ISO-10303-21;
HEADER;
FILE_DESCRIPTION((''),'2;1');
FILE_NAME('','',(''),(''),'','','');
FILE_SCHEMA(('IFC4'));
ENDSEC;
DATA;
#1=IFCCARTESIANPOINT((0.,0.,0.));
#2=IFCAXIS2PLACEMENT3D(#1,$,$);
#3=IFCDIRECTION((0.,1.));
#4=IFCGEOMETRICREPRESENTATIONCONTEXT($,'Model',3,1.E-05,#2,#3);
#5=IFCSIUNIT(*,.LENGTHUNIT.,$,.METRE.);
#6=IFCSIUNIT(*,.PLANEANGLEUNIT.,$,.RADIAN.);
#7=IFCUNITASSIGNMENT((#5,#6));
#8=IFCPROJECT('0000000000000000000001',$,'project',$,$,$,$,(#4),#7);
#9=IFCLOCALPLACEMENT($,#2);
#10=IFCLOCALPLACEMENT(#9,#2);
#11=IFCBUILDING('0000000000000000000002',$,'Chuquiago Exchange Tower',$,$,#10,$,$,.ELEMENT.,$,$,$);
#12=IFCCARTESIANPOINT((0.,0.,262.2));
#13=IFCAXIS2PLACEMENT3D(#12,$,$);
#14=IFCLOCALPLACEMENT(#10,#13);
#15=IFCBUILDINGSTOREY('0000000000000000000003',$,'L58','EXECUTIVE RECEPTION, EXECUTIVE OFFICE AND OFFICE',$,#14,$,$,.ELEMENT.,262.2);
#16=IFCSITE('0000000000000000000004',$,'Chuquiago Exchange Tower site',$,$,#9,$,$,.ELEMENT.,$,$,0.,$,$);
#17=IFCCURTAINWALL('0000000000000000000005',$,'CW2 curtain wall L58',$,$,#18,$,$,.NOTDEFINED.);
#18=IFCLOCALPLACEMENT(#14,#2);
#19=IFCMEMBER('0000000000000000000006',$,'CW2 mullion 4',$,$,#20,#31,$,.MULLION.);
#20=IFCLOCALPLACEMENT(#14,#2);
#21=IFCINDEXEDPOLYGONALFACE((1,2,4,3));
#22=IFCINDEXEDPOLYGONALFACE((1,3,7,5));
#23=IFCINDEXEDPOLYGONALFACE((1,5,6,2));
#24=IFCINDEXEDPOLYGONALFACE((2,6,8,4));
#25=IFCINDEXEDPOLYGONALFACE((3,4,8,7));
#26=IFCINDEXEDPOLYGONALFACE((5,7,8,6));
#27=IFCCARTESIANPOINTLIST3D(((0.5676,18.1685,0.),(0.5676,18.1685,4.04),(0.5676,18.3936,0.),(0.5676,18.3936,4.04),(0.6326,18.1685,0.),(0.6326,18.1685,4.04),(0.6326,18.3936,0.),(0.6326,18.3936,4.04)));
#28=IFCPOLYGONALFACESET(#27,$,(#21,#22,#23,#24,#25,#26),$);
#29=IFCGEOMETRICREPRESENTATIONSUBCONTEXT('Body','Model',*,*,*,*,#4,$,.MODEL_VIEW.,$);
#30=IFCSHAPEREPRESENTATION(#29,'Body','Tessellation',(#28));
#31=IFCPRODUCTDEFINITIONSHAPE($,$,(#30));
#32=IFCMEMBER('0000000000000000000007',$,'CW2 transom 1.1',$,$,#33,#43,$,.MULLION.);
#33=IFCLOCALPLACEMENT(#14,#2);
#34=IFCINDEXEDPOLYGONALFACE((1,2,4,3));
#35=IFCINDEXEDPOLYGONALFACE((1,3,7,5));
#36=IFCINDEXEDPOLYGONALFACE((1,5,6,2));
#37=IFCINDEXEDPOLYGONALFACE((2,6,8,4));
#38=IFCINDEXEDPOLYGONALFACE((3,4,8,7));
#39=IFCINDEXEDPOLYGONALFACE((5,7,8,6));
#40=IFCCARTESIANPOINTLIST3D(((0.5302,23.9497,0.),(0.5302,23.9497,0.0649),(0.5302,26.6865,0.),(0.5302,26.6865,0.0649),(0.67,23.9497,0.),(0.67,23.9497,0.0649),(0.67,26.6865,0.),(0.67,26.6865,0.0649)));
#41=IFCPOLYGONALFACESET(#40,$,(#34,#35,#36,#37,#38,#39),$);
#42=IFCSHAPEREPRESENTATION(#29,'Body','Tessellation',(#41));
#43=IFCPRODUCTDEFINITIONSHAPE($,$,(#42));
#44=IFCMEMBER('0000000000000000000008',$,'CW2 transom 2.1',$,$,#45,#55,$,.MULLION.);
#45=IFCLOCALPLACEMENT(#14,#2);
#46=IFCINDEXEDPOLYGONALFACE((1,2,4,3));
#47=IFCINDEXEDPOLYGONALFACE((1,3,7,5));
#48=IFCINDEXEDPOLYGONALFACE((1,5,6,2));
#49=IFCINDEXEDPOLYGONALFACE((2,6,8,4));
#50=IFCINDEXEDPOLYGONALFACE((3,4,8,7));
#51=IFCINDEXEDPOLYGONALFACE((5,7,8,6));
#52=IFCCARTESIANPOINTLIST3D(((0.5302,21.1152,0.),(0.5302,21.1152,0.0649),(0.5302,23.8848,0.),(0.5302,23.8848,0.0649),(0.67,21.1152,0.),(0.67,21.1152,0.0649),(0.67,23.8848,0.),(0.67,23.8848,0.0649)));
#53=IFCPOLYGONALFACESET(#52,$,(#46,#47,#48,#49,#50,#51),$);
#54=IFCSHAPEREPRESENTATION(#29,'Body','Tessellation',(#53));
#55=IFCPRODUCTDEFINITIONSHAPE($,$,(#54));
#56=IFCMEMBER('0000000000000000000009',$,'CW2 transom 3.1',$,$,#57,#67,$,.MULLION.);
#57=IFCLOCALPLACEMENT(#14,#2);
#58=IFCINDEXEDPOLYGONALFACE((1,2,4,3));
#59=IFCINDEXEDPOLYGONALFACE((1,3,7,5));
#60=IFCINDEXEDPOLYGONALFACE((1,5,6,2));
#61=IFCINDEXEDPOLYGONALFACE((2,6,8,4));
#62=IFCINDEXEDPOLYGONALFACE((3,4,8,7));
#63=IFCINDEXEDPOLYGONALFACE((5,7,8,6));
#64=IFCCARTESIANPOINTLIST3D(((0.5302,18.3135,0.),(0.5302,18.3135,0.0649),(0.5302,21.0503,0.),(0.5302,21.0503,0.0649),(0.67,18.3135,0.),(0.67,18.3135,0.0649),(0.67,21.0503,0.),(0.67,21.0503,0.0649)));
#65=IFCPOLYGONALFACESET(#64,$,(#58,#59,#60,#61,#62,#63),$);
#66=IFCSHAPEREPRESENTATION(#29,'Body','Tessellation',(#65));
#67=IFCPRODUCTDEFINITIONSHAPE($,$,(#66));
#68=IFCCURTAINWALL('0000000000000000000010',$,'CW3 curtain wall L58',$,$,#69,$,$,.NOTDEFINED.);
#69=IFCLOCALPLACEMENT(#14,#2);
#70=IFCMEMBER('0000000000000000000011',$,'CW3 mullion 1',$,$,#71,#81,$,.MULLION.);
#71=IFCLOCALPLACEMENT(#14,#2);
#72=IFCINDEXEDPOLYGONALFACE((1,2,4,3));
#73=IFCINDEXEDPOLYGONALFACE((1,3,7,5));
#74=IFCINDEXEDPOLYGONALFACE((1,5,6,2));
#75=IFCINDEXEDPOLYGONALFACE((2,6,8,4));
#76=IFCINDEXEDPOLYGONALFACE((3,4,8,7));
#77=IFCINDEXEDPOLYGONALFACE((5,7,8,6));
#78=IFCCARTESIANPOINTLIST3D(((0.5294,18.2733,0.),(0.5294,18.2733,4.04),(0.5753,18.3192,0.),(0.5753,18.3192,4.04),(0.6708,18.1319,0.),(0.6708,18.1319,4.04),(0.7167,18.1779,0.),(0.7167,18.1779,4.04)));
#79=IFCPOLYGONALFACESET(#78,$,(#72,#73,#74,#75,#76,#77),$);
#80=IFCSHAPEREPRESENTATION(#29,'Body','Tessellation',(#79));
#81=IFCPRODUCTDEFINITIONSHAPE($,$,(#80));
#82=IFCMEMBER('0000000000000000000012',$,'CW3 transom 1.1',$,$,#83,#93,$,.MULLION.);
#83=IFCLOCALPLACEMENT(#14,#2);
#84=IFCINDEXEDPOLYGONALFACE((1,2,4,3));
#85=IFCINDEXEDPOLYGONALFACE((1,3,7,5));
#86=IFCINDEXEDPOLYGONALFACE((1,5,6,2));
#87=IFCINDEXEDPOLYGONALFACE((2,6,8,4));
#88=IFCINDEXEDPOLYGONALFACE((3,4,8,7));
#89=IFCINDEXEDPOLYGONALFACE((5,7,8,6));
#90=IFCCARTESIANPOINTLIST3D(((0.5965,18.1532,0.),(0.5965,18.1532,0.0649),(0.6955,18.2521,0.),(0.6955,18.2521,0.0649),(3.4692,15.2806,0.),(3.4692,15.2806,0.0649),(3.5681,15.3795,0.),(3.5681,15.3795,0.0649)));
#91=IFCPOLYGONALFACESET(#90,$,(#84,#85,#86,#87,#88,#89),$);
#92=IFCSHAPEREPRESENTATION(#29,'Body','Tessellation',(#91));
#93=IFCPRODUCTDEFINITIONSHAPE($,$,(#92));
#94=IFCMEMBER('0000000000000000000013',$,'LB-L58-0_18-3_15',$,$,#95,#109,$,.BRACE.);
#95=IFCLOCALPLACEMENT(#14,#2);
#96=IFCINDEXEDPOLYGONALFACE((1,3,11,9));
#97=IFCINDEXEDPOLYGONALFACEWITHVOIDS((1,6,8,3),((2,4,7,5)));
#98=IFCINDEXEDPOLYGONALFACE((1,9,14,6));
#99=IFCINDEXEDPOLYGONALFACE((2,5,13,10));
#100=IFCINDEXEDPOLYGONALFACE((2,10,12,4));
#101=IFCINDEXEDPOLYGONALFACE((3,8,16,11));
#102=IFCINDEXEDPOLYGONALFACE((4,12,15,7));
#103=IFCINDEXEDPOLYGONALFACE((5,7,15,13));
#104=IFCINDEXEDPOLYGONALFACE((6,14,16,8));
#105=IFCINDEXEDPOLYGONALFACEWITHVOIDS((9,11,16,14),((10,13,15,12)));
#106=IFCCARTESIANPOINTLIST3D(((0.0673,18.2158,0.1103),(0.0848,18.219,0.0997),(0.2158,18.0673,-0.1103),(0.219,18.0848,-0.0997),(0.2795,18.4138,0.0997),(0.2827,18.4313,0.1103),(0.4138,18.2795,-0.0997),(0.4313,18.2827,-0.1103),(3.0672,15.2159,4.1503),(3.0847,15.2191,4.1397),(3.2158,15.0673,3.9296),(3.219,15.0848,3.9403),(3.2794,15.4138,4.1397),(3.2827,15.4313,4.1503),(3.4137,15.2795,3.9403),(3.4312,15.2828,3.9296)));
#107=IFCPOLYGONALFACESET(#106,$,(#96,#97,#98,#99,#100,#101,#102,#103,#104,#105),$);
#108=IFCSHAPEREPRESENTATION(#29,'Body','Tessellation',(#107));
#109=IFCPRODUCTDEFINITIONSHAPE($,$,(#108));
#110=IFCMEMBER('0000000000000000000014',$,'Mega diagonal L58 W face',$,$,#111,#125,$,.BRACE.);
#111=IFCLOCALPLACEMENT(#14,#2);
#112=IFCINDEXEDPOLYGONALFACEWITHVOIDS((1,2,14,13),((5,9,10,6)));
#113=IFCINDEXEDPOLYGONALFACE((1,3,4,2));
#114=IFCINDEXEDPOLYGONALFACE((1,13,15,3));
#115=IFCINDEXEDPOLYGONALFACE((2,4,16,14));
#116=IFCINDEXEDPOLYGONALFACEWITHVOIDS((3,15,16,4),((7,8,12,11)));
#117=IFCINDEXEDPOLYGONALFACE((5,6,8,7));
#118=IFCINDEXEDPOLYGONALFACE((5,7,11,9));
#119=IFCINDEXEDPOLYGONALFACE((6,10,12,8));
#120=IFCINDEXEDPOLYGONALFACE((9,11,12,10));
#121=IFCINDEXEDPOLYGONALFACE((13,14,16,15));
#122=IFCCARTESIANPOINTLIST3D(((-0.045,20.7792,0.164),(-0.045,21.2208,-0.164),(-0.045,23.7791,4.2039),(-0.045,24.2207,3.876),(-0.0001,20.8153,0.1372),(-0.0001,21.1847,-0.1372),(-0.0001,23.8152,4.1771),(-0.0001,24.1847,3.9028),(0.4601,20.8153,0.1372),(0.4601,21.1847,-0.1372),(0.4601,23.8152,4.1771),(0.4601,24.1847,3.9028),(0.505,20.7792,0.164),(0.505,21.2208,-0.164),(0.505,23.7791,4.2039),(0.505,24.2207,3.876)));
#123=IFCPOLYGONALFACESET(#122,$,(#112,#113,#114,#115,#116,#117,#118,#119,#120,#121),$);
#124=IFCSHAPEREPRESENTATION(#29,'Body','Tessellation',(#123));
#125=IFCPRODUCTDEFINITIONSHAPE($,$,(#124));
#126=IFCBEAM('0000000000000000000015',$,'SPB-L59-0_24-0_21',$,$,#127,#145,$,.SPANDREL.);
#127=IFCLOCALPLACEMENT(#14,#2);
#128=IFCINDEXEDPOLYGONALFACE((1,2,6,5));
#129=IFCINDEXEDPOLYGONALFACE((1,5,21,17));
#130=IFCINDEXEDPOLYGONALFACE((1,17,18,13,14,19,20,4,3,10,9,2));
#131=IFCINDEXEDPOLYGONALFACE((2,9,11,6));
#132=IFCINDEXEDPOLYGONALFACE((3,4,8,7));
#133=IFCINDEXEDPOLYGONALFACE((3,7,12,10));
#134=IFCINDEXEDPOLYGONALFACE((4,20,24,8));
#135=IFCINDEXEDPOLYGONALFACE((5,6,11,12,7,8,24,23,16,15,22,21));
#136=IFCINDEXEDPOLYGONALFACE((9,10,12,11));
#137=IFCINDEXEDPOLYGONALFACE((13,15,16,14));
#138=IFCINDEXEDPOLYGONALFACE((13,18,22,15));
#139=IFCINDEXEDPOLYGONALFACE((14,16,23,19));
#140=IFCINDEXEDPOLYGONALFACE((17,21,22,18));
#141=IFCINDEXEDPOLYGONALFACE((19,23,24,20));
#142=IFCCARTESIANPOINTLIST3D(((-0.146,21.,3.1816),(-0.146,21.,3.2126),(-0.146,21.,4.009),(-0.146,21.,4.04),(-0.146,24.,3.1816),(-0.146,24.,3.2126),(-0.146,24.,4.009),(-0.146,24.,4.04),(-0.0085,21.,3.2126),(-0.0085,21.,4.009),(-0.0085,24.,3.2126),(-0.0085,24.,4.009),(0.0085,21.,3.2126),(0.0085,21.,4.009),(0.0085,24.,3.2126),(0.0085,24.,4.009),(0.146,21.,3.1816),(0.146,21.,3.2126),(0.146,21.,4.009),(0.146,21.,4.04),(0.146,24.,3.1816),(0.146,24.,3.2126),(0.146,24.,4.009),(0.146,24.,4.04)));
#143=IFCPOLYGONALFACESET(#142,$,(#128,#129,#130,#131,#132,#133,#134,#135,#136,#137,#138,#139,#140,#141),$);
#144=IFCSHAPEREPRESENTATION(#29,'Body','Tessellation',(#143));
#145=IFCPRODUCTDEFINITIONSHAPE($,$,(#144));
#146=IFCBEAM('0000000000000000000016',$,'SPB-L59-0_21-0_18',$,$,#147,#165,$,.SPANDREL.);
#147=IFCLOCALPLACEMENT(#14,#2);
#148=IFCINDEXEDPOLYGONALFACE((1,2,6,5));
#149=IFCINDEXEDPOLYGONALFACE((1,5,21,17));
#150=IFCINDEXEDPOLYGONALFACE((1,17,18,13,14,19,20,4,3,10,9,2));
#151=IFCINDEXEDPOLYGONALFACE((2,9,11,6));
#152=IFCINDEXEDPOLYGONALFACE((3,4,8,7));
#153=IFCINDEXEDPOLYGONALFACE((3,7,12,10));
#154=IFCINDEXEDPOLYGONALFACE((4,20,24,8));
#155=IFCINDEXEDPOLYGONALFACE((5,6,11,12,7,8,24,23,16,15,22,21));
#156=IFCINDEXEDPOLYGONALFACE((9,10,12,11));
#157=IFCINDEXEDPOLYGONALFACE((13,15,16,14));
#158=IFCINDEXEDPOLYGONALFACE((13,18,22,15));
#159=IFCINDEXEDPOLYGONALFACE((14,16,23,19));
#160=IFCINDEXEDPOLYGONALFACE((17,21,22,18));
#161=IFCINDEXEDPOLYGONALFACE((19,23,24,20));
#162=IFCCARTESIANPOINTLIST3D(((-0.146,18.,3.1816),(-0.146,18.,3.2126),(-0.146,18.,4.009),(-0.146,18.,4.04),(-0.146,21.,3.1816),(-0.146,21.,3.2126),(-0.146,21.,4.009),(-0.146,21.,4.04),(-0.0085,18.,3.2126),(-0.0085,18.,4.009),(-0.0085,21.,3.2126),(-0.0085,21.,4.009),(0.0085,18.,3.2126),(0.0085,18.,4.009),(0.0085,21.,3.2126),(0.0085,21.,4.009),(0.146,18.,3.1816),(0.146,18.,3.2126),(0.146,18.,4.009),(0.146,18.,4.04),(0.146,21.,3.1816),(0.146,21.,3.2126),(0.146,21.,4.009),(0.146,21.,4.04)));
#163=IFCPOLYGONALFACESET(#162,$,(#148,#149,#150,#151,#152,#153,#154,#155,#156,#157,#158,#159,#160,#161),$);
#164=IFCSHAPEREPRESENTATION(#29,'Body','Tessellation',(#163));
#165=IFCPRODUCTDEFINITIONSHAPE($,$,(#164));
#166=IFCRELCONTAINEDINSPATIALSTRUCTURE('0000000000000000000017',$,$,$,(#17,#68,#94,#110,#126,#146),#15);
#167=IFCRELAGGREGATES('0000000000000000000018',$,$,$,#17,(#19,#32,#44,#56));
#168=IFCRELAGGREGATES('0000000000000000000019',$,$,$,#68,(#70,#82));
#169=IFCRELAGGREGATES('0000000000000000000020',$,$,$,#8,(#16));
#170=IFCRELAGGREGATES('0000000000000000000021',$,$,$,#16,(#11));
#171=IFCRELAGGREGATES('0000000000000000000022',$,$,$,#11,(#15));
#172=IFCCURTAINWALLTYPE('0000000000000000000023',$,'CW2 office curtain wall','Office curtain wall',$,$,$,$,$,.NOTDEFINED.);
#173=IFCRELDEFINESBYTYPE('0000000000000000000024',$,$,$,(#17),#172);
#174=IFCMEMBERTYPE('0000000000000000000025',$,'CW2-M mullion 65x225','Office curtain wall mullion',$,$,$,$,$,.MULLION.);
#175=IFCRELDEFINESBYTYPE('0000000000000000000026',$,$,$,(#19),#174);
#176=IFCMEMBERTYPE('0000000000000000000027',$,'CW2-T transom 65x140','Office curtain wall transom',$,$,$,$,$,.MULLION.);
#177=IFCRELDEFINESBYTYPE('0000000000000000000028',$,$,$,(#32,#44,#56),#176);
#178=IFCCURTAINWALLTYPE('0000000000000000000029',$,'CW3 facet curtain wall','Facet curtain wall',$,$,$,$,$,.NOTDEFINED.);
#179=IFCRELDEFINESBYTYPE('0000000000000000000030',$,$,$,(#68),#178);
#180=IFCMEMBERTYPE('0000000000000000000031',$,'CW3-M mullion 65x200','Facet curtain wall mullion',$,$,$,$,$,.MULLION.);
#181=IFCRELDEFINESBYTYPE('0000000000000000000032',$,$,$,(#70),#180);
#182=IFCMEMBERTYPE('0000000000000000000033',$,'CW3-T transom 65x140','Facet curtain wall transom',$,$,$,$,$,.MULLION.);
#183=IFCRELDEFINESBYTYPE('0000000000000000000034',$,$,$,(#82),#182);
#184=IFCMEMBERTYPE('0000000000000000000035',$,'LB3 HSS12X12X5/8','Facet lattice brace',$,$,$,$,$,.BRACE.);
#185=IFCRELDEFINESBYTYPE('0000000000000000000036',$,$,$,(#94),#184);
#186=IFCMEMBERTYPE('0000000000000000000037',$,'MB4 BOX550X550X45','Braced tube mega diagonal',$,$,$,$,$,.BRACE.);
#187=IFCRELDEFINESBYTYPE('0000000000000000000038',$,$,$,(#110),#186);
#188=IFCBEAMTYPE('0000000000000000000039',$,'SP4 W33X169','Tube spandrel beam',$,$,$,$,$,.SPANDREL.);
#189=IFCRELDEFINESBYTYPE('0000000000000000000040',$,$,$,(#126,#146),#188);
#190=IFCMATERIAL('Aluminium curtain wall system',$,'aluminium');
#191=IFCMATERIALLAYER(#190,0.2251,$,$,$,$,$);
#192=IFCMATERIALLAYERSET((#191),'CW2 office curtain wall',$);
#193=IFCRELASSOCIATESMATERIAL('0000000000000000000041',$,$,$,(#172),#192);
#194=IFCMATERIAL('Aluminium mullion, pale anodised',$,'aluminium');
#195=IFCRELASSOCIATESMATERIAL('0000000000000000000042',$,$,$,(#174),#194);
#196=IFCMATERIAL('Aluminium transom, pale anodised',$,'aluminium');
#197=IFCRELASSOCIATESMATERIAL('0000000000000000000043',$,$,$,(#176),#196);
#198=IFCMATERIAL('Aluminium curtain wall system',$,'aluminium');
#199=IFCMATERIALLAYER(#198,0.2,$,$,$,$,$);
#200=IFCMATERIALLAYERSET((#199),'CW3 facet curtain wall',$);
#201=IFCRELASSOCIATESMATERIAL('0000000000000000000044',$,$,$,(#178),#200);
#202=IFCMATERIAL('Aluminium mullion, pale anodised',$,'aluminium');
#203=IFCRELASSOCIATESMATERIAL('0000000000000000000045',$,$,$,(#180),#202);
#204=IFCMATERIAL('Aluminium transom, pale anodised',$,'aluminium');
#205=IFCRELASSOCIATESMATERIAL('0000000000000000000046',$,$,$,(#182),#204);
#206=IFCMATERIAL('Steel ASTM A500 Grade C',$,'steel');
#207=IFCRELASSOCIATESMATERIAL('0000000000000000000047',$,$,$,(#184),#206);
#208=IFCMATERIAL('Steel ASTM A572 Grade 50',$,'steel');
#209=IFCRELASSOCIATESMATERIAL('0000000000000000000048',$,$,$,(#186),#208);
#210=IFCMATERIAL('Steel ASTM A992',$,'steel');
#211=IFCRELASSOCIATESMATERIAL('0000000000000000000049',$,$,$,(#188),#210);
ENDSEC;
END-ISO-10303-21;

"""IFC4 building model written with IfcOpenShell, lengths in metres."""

from ifc_helpers import new_model, si_unit, direction, frame, origin, origin_2d, place, context, subcontext, project, spatial, rectangle, hollow_rectangle, i_section, extrude, material, layer, layer_set, material_profile, profile_set, type_object, element, aggregate, save


model = new_model("IFC4")

# Units and contexts
model_context = context("Model", 3, precision=1e-05, world=origin(), true_north=direction((0.0, 1.0)))
body_context = subcontext(model_context, "Body", "Model", "MODEL_VIEW")
ifc_project = project(units=[si_unit("LENGTHUNIT", "METRE"), si_unit("PLANEANGLEUNIT", "RADIAN")], contexts=[model_context])

# Site, building, storey
site_placement = place(None, origin())
site = spatial("IfcSite", under=ifc_project, at=site_placement, Name="Chuquiago Exchange Tower site", CompositionType="ELEMENT", RefElevation=0.0)
building_placement = place(site_placement, origin())
building = spatial("IfcBuilding", under=site, at=building_placement, Name="Chuquiago Exchange Tower", CompositionType="ELEMENT")
storey_placement = place(building_placement, frame((0.0, 0.0, 262.2)))
storey = spatial("IfcBuildingStorey", under=building, at=storey_placement, Name="L58", Description="EXECUTIVE RECEPTION, EXECUTIVE OFFICE AND OFFICE", CompositionType="ELEMENT", Elevation=262.2)

# Curtain walls, members
ifc_material_1 = material(Name="Aluminium curtain wall system", Category="aluminium")
ifc_layer_1 = layer(ifc_material_1, 0.2251)
ifc_layer_set_1 = layer_set([ifc_layer_1], Name="CW2 office curtain wall")
curtain_wall_type_1 = type_object("IfcCurtainWallType", Name="CW2 office curtain wall", Description="Office curtain wall", PredefinedType="NOTDEFINED", material=ifc_layer_set_1)
curtain_wall_1_placement = place(storey_placement, origin())
curtain_wall_1 = element("IfcCurtainWall", 1, at=curtain_wall_1_placement, inside=storey, type_object=curtain_wall_type_1, Name="CW2 curtain wall L58", PredefinedType="NOTDEFINED")
ifc_material_2 = material(Name="Aluminium mullion, pale anodised", Category="aluminium")
ifc_material_profile_1 = material_profile(ifc_material_2, rectangle(XDim=0.0649, YDim=0.2251, at=origin_2d()), Name="AL 65x225")
ifc_profile_set_1 = profile_set([ifc_material_profile_1], Name="Aluminium mullion, pale anodised")
member_type_1 = type_object("IfcMemberType", Name="CW2-M mullion 65x225", Description="Office curtain wall mullion", PredefinedType="MULLION", material=ifc_profile_set_1)
member_1_placement = place(storey_placement, frame((0.6001, 18.281, 0.0), z_axis=(0.0, 0.0, 1.0), x_axis=(1.0, 0.0, 0.0)))
member_1 = element("IfcMember", 2, at=member_1_placement, type_object=member_type_1, Name="CW2 mullion 4", PredefinedType="MULLION", context=body_context, shape_type="SweptSolid", body=[
    extrude(rectangle(XDim=0.0649, YDim=0.2251, at=origin_2d()), origin(), (0.0, 0.0, 1.0), 4.04),
])
ifc_material_3 = material(Name="Aluminium transom, pale anodised", Category="aluminium")
ifc_material_profile_2 = material_profile(ifc_material_3, rectangle(XDim=0.1399, YDim=0.0649, at=origin_2d()), Name="AL 140x65")
ifc_profile_set_2 = profile_set([ifc_material_profile_2], Name="Aluminium transom, pale anodised")
member_type_2 = type_object("IfcMemberType", Name="CW2-T transom 65x140", Description="Office curtain wall transom", PredefinedType="MULLION", material=ifc_profile_set_2)
member_2_placement = place(storey_placement, frame((0.6001, 26.6865, 0.0325), z_axis=(0.0, -1.0, 0.0), x_axis=(1.0, 0.0, 0.0)))
member_2 = element("IfcMember", 3, at=member_2_placement, type_object=member_type_2, Name="CW2 transom 1.1", PredefinedType="MULLION", context=body_context, shape_type="SweptSolid", body=[
    extrude(rectangle(XDim=0.1399, YDim=0.0649, at=origin_2d()), origin(), (0.0, 0.0, 1.0), 2.7368),
])
member_3_placement = place(storey_placement, frame((0.6001, 23.8848, 0.0325), z_axis=(0.0, -1.0, 0.0), x_axis=(1.0, 0.0, 0.0)))
member_3 = element("IfcMember", 4, at=member_3_placement, type_object=member_type_2, Name="CW2 transom 2.1", PredefinedType="MULLION", context=body_context, shape_type="SweptSolid", body=[
    extrude(rectangle(XDim=0.1399, YDim=0.0649, at=origin_2d()), origin(), (0.0, 0.0, 1.0), 2.7695),
])
member_4_placement = place(storey_placement, frame((0.6001, 21.0503, 0.0325), z_axis=(0.0, -1.0, 0.0), x_axis=(1.0, 0.0, 0.0)))
member_4 = element("IfcMember", 5, at=member_4_placement, type_object=member_type_2, Name="CW2 transom 3.1", PredefinedType="MULLION", context=body_context, shape_type="SweptSolid", body=[
    extrude(rectangle(XDim=0.1399, YDim=0.0649, at=origin_2d()), origin(), (0.0, 0.0, 1.0), 2.7368),
])
ifc_material_4 = material(Name="Aluminium curtain wall system", Category="aluminium")
ifc_layer_2 = layer(ifc_material_4, 0.2)
ifc_layer_set_2 = layer_set([ifc_layer_2], Name="CW3 facet curtain wall")
curtain_wall_type_2 = type_object("IfcCurtainWallType", Name="CW3 facet curtain wall", Description="Facet curtain wall", PredefinedType="NOTDEFINED", material=ifc_layer_set_2)
curtain_wall_2_placement = place(storey_placement, origin())
curtain_wall_2 = element("IfcCurtainWall", 6, at=curtain_wall_2_placement, inside=storey, type_object=curtain_wall_type_2, Name="CW3 curtain wall L58", PredefinedType="NOTDEFINED")
ifc_material_5 = material(Name="Aluminium mullion, pale anodised", Category="aluminium")
ifc_material_profile_3 = material_profile(ifc_material_5, rectangle(XDim=0.0649, YDim=0.2, at=origin_2d()), Name="AL 65x200")
ifc_profile_set_3 = profile_set([ifc_material_profile_3], Name="Aluminium mullion, pale anodised")
member_type_3 = type_object("IfcMemberType", Name="CW3-M mullion 65x200", Description="Facet curtain wall mullion", PredefinedType="MULLION", material=ifc_profile_set_3)
member_5_placement = place(storey_placement, frame((0.623, 18.2256, 0.0), z_axis=(0.0, 0.0, 1.0), x_axis=(0.707107, 0.707107, 0.0)))
member_5 = element("IfcMember", 7, at=member_5_placement, type_object=member_type_3, Name="CW3 mullion 1", PredefinedType="MULLION", context=body_context, shape_type="SweptSolid", body=[
    extrude(rectangle(XDim=0.0649, YDim=0.2, at=origin_2d()), origin(), (0.0, 0.0, 1.0), 4.04),
])
ifc_material_6 = material(Name="Aluminium transom, pale anodised", Category="aluminium")
ifc_material_profile_4 = material_profile(ifc_material_6, rectangle(XDim=0.1399, YDim=0.0649, at=origin_2d()), Name="AL 140x65")
ifc_profile_set_4 = profile_set([ifc_material_profile_4], Name="Aluminium transom, pale anodised")
member_type_4 = type_object("IfcMemberType", Name="CW3-T transom 65x140", Description="Facet curtain wall transom", PredefinedType="MULLION", material=ifc_profile_set_4)
member_6_placement = place(storey_placement, frame((0.646, 18.2026, 0.0325), z_axis=(0.707107, -0.707107, 0.0), x_axis=(0.707107, 0.707107, 0.0)))
member_6 = element("IfcMember", 8, at=member_6_placement, type_object=member_type_4, Name="CW3 transom 1.1", PredefinedType="MULLION", context=body_context, shape_type="SweptSolid", body=[
    extrude(rectangle(XDim=0.1399, YDim=0.0649, at=origin_2d()), origin(), (0.0, 0.0, 1.0), 4.0625),
])

# Members
ifc_material_7 = material(Name="Steel ASTM A500 Grade C", Category="steel")
ifc_material_profile_5 = material_profile(ifc_material_7, hollow_rectangle(XDim=0.3047, YDim=0.3047, WallThickness=0.0146, at=origin_2d()), Name="HSS12X12X5/8")
ifc_profile_set_5 = profile_set([ifc_material_profile_5], Name="Steel ASTM A500 Grade C")
member_type_5 = type_object("IfcMemberType", Name="LB3 HSS12X12X5/8", Description="Facet lattice brace", PredefinedType="BRACE", material=ifc_profile_set_5)
member_7_placement = place(storey_placement, frame((0.2493, 18.2493, 0.0), z_axis=(0.512077, -0.512077, 0.689604), x_axis=(0.707107, 0.707107, 0.0)))
element("IfcMember", 9, at=member_7_placement, inside=storey, type_object=member_type_5, Name="LB-L58-0_18-3_15", PredefinedType="BRACE", context=body_context, shape_type="SweptSolid", body=[
    extrude(hollow_rectangle(XDim=0.3047, YDim=0.3047, WallThickness=0.0146, at=origin_2d()), origin(), (0.0, 0.0, 1.0), 5.8584),
])
ifc_material_8 = material(Name="Steel ASTM A572 Grade 50", Category="steel")
ifc_material_profile_6 = material_profile(ifc_material_8, hollow_rectangle(XDim=0.55, YDim=0.55, WallThickness=0.0449, at=origin_2d()), Name="BOX550X550X45")
ifc_profile_set_6 = profile_set([ifc_material_profile_6], Name="Steel ASTM A572 Grade 50")
member_type_6 = type_object("IfcMemberType", Name="MB4 BOX550X550X45", Description="Braced tube mega diagonal", PredefinedType="BRACE", material=ifc_profile_set_6)
member_8_placement = place(storey_placement, frame((0.23, 21.0, 0.0), z_axis=(0.0, 0.596174, 0.802855), x_axis=(-1.0, 0.0, 0.0)))
element("IfcMember", 10, at=member_8_placement, inside=storey, type_object=member_type_6, Name="Mega diagonal L58 W face", PredefinedType="BRACE", context=body_context, shape_type="SweptSolid", body=[
    extrude(hollow_rectangle(XDim=0.55, YDim=0.55, WallThickness=0.0449, at=origin_2d()), origin(), (0.0, 0.0, 1.0), 5.032),
])

# Beams
ifc_material_9 = material(Name="Steel ASTM A992", Category="steel")
ifc_material_profile_7 = material_profile(ifc_material_9, i_section(OverallWidth=0.292, OverallDepth=0.8584, WebThickness=0.0171, FlangeThickness=0.031, at=origin_2d()), Name="W33X169")
ifc_profile_set_7 = profile_set([ifc_material_profile_7], Name="Steel ASTM A992")
beam_type_1 = type_object("IfcBeamType", Name="SP4 W33X169", Description="Tube spandrel beam", PredefinedType="SPANDREL", material=ifc_profile_set_7)
for number, where, z_axis, x_axis, name in (
    (11, (0.0, 24.0, 3.6108), (0.0, -1.0, 0.0), (1.0, 0.0, 0.0), "SPB-L59-0_24-0_21"),
    (12, (0.0, 21.0, 3.6108), (0.0, -1.0, 0.0), (1.0, 0.0, 0.0), "SPB-L59-0_21-0_18"),
):
    element("IfcBeam", number, at=place(storey_placement, frame(where, z_axis=z_axis, x_axis=x_axis)), inside=storey, type_object=beam_type_1, Name=name, PredefinedType="SPANDREL", context=body_context, shape_type="SweptSolid", body=[
        extrude(i_section(OverallWidth=0.292, OverallDepth=0.8584, WebThickness=0.0171, FlangeThickness=0.031, at=origin_2d()), origin(), (0.0, 0.0, 1.0), 3.0),
    ])

aggregate(curtain_wall_1, [member_1, member_2, member_3, member_4])
aggregate(curtain_wall_2, [member_5, member_6])

save(model, "model.ifc")
